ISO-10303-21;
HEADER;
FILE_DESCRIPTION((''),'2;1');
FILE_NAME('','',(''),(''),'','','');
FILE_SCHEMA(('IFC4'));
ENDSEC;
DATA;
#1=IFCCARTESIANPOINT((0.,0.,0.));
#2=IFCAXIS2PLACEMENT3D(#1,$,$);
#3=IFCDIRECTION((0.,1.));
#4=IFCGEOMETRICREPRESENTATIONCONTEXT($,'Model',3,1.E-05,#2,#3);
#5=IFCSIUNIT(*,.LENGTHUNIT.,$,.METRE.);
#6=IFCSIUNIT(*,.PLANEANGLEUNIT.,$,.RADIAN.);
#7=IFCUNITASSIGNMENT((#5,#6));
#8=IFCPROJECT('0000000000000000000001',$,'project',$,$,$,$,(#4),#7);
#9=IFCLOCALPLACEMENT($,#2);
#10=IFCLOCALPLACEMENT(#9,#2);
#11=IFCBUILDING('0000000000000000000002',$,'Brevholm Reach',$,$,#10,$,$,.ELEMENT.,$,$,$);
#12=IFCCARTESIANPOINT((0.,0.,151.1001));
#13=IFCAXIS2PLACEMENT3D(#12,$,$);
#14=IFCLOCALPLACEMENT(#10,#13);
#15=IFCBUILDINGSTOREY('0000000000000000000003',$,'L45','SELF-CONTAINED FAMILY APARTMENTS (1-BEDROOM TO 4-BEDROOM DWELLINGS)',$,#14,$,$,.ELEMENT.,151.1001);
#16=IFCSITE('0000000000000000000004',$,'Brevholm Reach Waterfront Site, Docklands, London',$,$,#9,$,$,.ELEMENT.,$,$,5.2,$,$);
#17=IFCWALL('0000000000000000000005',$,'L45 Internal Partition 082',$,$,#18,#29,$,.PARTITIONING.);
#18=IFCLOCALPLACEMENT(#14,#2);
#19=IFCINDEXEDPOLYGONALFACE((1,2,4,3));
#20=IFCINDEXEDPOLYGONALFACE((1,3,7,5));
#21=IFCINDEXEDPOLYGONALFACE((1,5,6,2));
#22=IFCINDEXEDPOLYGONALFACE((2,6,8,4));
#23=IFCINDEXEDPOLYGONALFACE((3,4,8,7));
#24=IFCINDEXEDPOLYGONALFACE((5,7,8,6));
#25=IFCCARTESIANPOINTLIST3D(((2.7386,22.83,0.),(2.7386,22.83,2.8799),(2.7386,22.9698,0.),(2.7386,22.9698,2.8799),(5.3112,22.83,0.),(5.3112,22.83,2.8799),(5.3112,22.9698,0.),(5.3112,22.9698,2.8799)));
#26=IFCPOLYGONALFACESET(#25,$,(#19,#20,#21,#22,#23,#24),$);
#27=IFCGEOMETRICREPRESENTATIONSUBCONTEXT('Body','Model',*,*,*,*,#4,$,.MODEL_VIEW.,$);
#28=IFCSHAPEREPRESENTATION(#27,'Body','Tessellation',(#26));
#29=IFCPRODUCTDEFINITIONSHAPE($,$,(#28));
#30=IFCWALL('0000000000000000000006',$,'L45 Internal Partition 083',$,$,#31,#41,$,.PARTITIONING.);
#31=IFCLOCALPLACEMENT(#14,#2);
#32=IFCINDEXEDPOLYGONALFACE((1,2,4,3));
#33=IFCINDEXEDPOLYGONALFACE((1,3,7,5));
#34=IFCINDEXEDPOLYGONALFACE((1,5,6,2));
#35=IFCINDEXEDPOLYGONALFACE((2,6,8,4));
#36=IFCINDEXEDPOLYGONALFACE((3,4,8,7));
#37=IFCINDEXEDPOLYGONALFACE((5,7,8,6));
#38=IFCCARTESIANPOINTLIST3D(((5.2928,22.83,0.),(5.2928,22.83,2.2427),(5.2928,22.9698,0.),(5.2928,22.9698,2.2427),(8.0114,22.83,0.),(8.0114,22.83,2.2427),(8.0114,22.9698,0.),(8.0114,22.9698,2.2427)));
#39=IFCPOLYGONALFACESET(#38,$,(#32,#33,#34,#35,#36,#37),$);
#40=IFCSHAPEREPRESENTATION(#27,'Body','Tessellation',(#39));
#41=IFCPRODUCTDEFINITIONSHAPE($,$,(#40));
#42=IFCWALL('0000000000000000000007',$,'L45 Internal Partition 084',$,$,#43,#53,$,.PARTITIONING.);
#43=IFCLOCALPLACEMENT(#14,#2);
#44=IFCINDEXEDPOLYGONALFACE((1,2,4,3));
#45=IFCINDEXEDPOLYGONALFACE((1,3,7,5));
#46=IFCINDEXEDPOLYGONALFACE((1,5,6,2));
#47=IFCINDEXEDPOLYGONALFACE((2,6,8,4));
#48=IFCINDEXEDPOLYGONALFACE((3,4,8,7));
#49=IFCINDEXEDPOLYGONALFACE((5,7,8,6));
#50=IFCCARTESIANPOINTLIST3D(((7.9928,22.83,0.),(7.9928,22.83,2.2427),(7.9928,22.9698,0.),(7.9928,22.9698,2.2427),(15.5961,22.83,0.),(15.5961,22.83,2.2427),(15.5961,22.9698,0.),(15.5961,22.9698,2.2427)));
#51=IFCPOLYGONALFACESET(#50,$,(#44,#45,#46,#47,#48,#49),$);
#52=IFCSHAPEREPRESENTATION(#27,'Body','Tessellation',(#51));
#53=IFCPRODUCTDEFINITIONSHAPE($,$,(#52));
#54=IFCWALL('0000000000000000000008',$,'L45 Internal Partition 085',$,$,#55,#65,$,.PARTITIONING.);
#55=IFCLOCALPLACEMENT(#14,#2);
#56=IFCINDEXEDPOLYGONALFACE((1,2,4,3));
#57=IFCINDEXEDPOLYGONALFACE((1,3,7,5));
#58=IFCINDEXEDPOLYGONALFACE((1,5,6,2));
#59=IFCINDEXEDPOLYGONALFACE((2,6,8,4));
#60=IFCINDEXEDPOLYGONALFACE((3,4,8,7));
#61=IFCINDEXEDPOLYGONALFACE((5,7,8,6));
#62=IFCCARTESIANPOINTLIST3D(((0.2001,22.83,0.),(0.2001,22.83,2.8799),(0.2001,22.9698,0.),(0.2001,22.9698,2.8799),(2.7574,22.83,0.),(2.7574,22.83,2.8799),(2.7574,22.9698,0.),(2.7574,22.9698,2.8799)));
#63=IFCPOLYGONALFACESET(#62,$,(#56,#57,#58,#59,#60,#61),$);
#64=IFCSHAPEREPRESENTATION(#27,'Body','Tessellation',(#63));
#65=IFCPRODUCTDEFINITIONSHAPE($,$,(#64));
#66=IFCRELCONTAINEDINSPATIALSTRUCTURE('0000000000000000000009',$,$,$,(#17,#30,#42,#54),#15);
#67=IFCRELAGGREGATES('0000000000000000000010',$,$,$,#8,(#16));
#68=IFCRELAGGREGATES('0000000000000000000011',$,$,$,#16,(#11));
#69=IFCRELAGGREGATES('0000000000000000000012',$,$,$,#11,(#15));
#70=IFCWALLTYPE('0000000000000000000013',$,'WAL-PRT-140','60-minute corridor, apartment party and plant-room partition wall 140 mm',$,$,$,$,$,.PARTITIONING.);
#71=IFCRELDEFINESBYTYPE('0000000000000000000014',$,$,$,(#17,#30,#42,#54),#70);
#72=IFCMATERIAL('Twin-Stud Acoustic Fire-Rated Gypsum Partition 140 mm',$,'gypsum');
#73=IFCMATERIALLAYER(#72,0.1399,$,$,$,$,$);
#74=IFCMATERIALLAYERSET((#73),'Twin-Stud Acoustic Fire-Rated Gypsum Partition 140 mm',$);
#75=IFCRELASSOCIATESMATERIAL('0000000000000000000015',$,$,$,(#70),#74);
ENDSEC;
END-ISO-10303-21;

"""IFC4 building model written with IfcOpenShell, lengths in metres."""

from ifc_helpers import new_model, si_unit, direction, frame, frame_2d, origin, place, context, subcontext, project, spatial, rectangle, extrude, material, layer, layer_set, type_object, element, save


model = new_model("IFC4")

# Units and contexts
model_context = context("Model", 3, precision=1e-05, world=origin(), true_north=direction((0.0, 1.0)))
body_context = subcontext(model_context, "Body", "Model", "MODEL_VIEW")
ifc_project = project(units=[si_unit("LENGTHUNIT", "METRE"), si_unit("PLANEANGLEUNIT", "RADIAN")], contexts=[model_context])

# Site, building, storey
site_placement = place(None, origin())
site = spatial("IfcSite", under=ifc_project, at=site_placement, Name="Brevholm Reach Waterfront Site, Docklands, London", CompositionType="ELEMENT", RefElevation=5.2)
building_placement = place(site_placement, origin())
building = spatial("IfcBuilding", under=site, at=building_placement, Name="Brevholm Reach", CompositionType="ELEMENT")
storey_placement = place(building_placement, frame((0.0, 0.0, 151.1001)))
storey = spatial("IfcBuildingStorey", under=building, at=storey_placement, Name="L45", Description="SELF-CONTAINED FAMILY APARTMENTS (1-BEDROOM TO 4-BEDROOM DWELLINGS)", CompositionType="ELEMENT", Elevation=151.1001)

# Walls
ifc_material_1 = material(Name="Twin-Stud Acoustic Fire-Rated Gypsum Partition 140 mm", Category="gypsum")
ifc_layer_1 = layer(ifc_material_1, 0.1399)
ifc_layer_set_1 = layer_set([ifc_layer_1], Name="Twin-Stud Acoustic Fire-Rated Gypsum Partition 140 mm")
wall_type_1 = type_object("IfcWallType", Name="WAL-PRT-140", Description="60-minute corridor, apartment party and plant-room partition wall 140 mm", PredefinedType="PARTITIONING", material=ifc_layer_set_1)
wall_1_placement = place(storey_placement, frame((2.7388, 22.8999, 0.0), z_axis=(0.0, 0.0, 1.0), x_axis=(1.0, 0.0, 0.0)))
element("IfcWall", 1, at=wall_1_placement, inside=storey, type_object=wall_type_1, Name="L45 Internal Partition 082", PredefinedType="PARTITIONING", context=body_context, shape_type="SweptSolid", body=[
    extrude(rectangle(XDim=2.5725, YDim=0.1399, at=frame_2d((1.2861, 0.0))), origin(), (0.0, 0.0, 1.0), 2.8799),
])
wall_2_placement = place(storey_placement, frame((5.2927, 22.8999, 0.0), z_axis=(0.0, 0.0, 1.0), x_axis=(1.0, 0.0, 0.0)))
element("IfcWall", 2, at=wall_2_placement, inside=storey, type_object=wall_type_1, Name="L45 Internal Partition 083", PredefinedType="PARTITIONING", context=body_context, shape_type="SweptSolid", body=[
    extrude(rectangle(XDim=2.7185, YDim=0.1399, at=frame_2d((1.3594, 0.0))), origin(), (0.0, 0.0, 1.0), 2.2427),
])
wall_3_placement = place(storey_placement, frame((7.9927, 22.8999, 0.0), z_axis=(0.0, 0.0, 1.0), x_axis=(1.0, 0.0, 0.0)))
element("IfcWall", 3, at=wall_3_placement, inside=storey, type_object=wall_type_1, Name="L45 Internal Partition 084", PredefinedType="PARTITIONING", context=body_context, shape_type="SweptSolid", body=[
    extrude(rectangle(XDim=7.6033, YDim=0.1399, at=frame_2d((3.8018, 0.0))), origin(), (0.0, 0.0, 1.0), 2.2427),
])
wall_4_placement = place(storey_placement, frame((0.2, 22.8999, 0.0), z_axis=(0.0, 0.0, 1.0), x_axis=(1.0, 0.0, 0.0)))
element("IfcWall", 4, at=wall_4_placement, inside=storey, type_object=wall_type_1, Name="L45 Internal Partition 085", PredefinedType="PARTITIONING", context=body_context, shape_type="SweptSolid", body=[
    extrude(rectangle(XDim=2.5574, YDim=0.1399, at=frame_2d((1.2788, 0.0))), origin(), (0.0, 0.0, 1.0), 2.8799),
])

save(model, "model.ifc")
